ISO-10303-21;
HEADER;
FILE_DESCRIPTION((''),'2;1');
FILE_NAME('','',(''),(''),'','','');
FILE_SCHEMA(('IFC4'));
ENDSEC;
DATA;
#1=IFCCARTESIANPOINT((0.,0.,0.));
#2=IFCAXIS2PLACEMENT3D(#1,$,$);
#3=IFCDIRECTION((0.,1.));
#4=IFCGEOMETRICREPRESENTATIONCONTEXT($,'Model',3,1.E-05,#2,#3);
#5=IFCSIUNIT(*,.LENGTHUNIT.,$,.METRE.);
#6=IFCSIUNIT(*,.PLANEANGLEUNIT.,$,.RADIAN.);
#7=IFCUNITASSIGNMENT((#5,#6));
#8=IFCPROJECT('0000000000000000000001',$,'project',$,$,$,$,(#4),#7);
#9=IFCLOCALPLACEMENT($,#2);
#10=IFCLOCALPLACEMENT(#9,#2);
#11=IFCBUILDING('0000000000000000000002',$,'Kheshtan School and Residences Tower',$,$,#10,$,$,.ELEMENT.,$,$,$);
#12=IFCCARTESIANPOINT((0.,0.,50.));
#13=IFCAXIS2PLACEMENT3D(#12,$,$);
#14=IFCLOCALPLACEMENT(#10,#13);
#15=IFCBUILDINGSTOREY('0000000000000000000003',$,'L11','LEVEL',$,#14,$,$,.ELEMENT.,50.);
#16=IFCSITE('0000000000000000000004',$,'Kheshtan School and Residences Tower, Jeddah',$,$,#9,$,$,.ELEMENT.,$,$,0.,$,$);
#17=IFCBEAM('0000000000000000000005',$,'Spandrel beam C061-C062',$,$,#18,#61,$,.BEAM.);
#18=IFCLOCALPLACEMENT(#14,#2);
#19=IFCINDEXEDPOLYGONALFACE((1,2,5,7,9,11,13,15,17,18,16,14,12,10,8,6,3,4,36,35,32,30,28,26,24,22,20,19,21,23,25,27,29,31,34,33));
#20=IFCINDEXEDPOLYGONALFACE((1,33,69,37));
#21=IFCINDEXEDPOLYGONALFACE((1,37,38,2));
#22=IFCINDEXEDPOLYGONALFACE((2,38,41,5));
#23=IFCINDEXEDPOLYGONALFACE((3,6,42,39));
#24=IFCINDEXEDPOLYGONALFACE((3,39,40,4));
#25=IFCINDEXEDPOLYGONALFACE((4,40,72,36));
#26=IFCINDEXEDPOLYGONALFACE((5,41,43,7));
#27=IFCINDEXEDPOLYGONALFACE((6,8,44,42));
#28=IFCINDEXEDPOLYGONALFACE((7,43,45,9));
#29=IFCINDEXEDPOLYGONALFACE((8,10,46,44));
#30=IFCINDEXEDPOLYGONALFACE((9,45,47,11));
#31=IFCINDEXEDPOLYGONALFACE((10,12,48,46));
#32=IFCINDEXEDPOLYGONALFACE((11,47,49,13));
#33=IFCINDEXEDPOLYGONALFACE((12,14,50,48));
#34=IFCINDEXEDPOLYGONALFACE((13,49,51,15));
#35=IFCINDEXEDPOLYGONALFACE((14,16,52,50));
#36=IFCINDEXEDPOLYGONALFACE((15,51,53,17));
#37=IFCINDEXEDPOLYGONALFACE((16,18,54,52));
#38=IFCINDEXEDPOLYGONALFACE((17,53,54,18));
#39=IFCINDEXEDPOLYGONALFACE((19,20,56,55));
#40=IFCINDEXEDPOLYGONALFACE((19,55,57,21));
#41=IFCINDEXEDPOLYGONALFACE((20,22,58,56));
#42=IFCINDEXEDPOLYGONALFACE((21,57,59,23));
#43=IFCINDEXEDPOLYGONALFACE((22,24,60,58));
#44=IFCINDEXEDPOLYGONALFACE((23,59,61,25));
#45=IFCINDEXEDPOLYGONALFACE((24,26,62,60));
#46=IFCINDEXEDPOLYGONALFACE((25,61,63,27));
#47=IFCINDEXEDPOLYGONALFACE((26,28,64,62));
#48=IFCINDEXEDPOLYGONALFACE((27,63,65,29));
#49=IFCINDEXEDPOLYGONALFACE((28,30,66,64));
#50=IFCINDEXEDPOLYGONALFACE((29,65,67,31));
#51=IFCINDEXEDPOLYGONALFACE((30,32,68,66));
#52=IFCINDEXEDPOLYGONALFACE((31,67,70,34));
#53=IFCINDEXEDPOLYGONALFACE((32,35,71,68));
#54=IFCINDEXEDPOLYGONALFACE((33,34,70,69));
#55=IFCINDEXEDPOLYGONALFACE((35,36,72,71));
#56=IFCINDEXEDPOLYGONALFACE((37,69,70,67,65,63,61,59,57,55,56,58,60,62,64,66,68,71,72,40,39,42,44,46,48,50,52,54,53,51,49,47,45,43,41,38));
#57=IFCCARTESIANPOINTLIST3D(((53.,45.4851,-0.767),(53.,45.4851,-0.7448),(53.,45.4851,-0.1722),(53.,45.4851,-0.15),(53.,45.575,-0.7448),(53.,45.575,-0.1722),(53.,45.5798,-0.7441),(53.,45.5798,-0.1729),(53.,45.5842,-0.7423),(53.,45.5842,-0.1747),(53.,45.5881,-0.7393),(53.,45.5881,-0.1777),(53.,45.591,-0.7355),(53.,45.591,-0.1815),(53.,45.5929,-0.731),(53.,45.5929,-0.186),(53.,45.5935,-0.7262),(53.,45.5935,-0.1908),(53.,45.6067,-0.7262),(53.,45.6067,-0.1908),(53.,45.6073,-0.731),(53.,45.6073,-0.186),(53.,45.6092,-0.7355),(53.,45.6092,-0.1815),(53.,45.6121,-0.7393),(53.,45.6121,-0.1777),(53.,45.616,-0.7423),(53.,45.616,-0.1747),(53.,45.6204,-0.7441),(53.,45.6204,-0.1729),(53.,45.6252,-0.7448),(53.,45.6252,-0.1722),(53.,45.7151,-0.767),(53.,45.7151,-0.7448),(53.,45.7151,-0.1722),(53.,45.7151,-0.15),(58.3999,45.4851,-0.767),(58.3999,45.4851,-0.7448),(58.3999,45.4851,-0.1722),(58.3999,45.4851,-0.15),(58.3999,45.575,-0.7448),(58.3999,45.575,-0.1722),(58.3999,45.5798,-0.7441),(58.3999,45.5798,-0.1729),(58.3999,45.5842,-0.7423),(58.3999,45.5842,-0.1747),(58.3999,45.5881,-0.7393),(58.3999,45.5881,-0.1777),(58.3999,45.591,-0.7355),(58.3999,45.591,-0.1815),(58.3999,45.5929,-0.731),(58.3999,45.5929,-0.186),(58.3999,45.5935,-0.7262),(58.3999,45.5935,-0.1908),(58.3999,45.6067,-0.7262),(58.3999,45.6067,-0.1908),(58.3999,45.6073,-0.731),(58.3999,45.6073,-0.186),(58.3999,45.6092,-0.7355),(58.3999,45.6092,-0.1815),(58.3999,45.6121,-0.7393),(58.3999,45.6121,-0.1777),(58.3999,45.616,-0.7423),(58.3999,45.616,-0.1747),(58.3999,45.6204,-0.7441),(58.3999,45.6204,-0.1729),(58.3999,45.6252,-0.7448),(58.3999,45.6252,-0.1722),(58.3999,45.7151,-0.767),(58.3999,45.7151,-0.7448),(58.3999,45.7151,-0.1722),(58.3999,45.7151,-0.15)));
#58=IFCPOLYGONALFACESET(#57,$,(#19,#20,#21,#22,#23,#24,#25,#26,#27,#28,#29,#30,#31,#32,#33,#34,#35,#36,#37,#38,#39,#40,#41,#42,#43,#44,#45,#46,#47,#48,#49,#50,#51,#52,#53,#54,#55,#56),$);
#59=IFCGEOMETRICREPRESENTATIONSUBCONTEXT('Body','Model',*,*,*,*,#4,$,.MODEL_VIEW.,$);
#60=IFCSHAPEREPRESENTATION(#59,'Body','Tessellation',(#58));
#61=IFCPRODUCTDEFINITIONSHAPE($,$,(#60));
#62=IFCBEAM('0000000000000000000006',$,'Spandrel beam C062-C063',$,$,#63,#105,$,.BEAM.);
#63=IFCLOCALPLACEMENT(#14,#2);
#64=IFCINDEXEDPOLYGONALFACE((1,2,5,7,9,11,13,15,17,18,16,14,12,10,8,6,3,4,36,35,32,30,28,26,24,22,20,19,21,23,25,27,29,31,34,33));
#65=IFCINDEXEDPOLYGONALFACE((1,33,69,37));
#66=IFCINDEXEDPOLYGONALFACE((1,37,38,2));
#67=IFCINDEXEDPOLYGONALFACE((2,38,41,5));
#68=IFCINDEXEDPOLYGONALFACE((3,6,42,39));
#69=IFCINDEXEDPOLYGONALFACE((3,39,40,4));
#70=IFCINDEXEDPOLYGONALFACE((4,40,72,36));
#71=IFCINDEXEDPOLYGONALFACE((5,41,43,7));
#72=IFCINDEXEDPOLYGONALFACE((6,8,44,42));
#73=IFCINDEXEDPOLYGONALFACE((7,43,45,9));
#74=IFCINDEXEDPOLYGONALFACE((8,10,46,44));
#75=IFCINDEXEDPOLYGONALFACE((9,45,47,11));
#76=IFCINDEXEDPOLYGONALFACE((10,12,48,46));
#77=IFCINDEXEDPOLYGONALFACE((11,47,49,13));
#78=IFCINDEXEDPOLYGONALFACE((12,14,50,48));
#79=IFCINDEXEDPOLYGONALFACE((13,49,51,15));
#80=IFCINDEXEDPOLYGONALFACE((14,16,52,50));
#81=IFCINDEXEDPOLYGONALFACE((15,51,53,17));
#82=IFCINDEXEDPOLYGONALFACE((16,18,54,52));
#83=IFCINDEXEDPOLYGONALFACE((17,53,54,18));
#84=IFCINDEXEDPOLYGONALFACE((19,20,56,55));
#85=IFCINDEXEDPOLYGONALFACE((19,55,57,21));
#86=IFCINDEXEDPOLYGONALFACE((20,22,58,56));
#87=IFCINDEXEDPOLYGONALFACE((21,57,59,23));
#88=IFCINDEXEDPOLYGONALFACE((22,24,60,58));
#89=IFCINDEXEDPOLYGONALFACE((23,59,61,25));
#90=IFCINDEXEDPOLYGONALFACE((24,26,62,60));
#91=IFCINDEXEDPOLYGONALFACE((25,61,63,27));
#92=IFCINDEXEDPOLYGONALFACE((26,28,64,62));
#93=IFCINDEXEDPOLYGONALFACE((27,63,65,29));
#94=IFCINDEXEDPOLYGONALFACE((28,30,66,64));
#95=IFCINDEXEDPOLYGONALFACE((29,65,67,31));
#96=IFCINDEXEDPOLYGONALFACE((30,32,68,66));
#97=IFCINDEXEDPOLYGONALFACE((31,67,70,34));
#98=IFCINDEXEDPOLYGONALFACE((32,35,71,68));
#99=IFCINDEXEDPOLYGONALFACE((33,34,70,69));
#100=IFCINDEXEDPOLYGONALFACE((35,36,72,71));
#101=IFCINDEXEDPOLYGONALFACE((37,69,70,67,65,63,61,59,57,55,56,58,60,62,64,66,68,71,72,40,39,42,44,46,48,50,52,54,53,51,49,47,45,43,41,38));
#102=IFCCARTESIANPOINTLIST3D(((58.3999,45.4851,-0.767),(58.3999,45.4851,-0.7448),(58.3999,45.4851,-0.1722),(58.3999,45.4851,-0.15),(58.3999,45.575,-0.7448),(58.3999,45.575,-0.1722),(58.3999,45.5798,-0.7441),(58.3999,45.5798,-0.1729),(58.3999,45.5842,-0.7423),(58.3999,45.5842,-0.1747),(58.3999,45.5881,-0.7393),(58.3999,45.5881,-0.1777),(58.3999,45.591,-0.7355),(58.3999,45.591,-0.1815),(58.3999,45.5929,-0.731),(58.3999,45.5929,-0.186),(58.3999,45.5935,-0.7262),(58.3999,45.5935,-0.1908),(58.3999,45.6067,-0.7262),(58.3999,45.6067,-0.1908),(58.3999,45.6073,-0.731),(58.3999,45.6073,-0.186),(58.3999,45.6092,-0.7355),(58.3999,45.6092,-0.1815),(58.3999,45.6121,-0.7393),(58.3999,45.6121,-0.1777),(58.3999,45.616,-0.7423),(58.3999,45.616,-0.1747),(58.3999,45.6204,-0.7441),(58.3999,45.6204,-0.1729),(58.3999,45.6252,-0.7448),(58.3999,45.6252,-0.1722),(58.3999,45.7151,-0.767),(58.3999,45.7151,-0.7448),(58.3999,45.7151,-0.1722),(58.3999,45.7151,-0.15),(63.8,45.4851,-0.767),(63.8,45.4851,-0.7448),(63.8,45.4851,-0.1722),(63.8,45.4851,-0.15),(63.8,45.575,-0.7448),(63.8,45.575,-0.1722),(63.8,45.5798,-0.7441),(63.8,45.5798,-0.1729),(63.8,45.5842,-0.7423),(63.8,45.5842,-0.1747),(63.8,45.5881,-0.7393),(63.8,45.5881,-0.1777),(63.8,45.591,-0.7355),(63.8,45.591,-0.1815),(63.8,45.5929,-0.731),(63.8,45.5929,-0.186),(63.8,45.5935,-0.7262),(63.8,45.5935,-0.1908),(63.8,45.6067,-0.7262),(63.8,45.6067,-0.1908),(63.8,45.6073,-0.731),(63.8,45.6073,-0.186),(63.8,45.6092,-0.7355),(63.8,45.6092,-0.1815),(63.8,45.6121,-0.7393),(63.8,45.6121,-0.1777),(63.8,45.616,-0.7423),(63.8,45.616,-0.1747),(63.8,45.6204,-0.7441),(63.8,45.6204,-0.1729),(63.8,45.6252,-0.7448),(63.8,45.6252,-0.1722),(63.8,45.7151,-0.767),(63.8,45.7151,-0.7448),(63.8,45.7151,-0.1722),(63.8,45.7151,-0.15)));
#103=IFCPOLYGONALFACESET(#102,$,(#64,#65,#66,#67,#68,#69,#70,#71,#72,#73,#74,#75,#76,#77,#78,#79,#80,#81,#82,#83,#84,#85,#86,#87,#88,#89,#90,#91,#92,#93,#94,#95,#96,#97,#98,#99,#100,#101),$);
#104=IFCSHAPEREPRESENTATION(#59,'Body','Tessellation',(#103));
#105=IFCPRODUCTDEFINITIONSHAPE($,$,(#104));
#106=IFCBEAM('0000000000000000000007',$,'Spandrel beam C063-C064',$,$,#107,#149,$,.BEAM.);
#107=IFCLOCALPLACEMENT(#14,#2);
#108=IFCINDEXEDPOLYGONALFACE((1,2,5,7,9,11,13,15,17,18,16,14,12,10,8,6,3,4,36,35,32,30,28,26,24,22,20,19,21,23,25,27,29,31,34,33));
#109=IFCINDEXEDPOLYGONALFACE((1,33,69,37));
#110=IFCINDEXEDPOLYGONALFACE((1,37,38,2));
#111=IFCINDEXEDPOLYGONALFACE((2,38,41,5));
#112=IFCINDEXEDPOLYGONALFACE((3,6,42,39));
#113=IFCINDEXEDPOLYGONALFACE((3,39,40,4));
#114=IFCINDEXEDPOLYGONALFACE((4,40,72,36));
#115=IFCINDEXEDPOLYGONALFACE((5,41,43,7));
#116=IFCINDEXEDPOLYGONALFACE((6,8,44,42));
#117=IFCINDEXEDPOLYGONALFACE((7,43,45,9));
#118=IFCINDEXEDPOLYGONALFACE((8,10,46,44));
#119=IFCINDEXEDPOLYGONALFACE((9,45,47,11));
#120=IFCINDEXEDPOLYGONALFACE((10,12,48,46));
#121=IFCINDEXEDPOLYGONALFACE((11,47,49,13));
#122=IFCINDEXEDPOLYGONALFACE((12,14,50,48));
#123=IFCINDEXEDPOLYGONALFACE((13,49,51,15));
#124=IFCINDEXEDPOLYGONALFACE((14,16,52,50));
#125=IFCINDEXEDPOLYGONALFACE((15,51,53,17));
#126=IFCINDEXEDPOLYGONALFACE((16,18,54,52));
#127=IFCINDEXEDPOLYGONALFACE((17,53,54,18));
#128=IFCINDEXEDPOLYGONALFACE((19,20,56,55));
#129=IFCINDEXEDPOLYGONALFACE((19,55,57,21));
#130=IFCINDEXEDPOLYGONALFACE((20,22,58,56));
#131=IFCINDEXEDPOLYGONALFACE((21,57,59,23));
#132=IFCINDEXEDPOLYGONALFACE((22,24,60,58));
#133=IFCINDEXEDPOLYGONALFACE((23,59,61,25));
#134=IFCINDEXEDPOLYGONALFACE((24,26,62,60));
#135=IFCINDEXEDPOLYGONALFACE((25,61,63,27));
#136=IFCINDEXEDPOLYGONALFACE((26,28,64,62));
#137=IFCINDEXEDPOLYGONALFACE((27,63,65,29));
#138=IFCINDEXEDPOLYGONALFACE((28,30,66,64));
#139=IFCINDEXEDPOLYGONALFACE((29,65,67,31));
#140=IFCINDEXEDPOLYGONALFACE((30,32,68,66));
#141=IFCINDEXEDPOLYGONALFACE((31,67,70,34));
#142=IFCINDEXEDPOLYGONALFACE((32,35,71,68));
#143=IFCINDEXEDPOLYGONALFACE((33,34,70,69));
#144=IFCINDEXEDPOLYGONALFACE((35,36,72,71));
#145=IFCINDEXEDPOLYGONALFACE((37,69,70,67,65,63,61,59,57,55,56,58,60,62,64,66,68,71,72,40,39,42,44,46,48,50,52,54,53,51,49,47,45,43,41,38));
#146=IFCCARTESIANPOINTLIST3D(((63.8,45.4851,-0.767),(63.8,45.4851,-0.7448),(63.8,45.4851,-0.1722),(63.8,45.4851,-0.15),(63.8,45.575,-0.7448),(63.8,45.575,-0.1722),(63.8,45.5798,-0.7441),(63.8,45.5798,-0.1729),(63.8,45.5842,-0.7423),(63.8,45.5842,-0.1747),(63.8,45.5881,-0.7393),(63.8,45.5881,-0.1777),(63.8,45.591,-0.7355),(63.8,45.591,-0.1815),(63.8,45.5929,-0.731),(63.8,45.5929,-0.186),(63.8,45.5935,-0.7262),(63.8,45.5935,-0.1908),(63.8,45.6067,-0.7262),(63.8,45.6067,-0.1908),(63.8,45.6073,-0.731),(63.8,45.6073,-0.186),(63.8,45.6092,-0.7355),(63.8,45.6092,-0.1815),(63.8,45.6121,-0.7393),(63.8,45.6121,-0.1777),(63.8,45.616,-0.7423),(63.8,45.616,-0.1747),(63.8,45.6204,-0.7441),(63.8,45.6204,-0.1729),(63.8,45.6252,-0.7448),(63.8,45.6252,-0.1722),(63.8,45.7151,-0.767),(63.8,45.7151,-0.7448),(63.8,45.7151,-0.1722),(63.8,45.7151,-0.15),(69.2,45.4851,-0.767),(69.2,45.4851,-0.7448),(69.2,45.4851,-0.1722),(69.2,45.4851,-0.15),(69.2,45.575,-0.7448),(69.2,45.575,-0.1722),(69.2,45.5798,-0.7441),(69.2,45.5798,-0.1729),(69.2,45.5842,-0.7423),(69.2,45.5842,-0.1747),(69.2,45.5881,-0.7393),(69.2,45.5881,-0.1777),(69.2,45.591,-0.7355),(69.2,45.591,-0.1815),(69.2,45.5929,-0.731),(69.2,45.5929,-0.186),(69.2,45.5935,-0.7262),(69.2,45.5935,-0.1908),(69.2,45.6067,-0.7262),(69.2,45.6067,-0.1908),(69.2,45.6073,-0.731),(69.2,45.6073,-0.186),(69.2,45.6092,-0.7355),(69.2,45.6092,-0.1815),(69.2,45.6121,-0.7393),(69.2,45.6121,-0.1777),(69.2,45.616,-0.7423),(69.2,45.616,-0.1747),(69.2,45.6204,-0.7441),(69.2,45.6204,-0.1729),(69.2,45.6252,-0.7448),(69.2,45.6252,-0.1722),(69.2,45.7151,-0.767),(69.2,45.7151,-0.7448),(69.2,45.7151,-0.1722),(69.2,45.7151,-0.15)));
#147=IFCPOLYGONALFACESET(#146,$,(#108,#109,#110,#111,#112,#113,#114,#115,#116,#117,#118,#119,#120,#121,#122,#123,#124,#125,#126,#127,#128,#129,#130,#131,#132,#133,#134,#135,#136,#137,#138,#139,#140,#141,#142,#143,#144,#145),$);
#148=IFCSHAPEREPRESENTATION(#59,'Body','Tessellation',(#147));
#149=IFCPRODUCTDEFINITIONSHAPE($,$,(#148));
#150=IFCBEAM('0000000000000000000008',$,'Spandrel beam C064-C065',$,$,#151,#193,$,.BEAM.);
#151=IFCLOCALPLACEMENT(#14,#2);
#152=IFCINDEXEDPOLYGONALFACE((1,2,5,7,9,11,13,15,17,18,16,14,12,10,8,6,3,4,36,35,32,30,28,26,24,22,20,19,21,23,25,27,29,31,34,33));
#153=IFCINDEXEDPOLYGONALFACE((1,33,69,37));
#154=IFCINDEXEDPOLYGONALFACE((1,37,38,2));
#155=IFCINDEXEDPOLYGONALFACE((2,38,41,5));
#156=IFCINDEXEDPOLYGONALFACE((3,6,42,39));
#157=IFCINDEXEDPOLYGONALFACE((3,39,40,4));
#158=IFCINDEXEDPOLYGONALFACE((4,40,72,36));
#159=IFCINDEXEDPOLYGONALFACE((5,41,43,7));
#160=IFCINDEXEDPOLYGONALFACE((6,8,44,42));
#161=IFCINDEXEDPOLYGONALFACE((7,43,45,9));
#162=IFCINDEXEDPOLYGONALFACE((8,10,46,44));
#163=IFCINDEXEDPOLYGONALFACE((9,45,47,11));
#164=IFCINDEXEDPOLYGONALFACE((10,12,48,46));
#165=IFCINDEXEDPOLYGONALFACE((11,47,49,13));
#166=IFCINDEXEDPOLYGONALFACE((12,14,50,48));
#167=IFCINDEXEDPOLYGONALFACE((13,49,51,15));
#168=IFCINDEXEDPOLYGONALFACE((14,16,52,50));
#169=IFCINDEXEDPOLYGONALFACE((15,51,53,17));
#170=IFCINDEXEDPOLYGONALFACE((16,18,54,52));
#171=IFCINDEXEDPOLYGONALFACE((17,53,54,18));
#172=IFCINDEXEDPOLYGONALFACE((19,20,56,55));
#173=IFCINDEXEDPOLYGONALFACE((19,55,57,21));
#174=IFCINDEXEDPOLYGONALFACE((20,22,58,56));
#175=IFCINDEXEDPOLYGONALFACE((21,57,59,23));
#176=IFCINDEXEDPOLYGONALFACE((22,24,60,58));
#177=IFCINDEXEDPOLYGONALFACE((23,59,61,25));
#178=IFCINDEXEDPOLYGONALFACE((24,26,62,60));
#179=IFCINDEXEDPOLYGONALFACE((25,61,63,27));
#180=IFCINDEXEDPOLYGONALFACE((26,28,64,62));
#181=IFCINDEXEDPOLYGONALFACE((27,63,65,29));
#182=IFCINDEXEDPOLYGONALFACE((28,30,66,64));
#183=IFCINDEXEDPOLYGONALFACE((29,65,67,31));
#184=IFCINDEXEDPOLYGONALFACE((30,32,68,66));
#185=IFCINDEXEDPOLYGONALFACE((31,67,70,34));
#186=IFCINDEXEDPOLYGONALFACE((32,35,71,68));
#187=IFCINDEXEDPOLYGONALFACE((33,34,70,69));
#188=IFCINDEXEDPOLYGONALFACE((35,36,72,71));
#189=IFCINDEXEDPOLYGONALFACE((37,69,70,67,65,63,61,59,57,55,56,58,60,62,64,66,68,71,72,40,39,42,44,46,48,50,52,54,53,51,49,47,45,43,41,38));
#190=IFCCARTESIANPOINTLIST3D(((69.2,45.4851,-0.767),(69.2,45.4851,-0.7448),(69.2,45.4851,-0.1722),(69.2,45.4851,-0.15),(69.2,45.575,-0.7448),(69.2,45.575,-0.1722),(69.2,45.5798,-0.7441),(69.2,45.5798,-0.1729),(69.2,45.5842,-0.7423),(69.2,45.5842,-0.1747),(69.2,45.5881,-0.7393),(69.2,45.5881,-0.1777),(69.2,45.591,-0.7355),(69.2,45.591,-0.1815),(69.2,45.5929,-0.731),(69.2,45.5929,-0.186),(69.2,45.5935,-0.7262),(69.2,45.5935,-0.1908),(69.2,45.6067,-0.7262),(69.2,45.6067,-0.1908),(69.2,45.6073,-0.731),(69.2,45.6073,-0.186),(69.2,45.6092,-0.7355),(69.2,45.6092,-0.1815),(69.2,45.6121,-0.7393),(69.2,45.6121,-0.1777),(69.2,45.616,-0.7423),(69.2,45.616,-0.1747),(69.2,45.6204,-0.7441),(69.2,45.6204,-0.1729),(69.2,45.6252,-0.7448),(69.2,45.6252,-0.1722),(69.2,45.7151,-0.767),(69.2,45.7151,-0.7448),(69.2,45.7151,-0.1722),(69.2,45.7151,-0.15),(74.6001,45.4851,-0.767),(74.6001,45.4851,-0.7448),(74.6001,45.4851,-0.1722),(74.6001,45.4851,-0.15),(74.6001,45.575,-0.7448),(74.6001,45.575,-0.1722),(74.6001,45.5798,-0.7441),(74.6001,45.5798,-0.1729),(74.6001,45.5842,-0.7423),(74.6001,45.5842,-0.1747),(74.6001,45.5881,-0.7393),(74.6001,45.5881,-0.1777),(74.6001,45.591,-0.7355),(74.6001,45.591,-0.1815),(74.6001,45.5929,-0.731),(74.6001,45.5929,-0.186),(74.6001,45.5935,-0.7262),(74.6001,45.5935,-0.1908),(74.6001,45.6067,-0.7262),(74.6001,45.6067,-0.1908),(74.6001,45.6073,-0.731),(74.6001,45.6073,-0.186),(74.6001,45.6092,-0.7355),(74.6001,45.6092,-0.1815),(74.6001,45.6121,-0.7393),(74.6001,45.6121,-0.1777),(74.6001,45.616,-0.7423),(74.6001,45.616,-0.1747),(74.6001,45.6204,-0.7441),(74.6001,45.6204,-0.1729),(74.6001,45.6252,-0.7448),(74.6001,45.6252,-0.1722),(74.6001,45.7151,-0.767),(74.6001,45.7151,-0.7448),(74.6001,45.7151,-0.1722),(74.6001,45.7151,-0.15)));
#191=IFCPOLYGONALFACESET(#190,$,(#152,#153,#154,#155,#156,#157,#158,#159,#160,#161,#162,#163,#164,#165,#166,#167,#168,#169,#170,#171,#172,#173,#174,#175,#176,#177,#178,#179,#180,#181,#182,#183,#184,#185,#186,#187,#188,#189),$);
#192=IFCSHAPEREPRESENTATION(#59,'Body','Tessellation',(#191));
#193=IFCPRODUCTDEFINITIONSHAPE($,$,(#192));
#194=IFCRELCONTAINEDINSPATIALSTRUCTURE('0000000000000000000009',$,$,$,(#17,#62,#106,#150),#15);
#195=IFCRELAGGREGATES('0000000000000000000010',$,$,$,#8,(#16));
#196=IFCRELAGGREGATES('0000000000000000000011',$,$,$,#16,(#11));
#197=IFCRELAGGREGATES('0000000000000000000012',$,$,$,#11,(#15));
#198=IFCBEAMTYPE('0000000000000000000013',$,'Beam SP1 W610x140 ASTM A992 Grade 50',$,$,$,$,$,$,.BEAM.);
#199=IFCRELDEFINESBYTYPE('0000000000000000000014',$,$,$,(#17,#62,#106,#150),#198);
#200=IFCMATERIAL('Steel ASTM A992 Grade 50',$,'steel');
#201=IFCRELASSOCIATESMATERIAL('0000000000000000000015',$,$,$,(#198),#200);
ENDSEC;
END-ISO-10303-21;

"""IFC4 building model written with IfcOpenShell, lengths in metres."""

from ifc_helpers import new_model, si_unit, direction, frame, origin, origin_2d, place, context, subcontext, project, spatial, i_section, extrude, material, material_profile, profile_set, type_object, element, save


model = new_model("IFC4")

# Units and contexts
model_context = context("Model", 3, precision=1e-05, world=origin(), true_north=direction((0.0, 1.0)))
body_context = subcontext(model_context, "Body", "Model", "MODEL_VIEW")
ifc_project = project(units=[si_unit("LENGTHUNIT", "METRE"), si_unit("PLANEANGLEUNIT", "RADIAN")], contexts=[model_context])

# Site, building, storey
site_placement = place(None, origin())
site = spatial("IfcSite", under=ifc_project, at=site_placement, Name="Kheshtan School and Residences Tower, Jeddah", CompositionType="ELEMENT", RefElevation=0.0)
building_placement = place(site_placement, origin())
building = spatial("IfcBuilding", under=site, at=building_placement, Name="Kheshtan School and Residences Tower", CompositionType="ELEMENT")
storey_placement = place(building_placement, frame((0.0, 0.0, 50.0)))
storey = spatial("IfcBuildingStorey", under=building, at=storey_placement, Name="L11", Description="LEVEL", CompositionType="ELEMENT", Elevation=50.0)

# Shared definitions
ifc_material_1 = material(Name="Steel ASTM A992 Grade 50", Category="steel")

# Beams
ifc_material_profile_1 = material_profile(ifc_material_1, i_section(OverallWidth=0.23, OverallDepth=0.6169, WebThickness=0.0132, FlangeThickness=0.0222, FilletRadius=0.0186, at=origin_2d()), Name="W610x140")
ifc_profile_set_1 = profile_set([ifc_material_profile_1], Name="Steel ASTM A992 Grade 50")
beam_type_1 = type_object("IfcBeamType", Name="Beam SP1 W610x140 ASTM A992 Grade 50", PredefinedType="BEAM", material=ifc_profile_set_1)
for number, where, z_axis, x_axis, name in (
    (1, (53.0, 45.6001, -0.4585), (1.0, 0.0, 0.0), (0.0, 1.0, 0.0), "Spandrel beam C061-C062"),
):
    element("IfcBeam", number, at=place(storey_placement, frame(where, z_axis=z_axis, x_axis=x_axis)), inside=storey, type_object=beam_type_1, Name=name, PredefinedType="BEAM", context=body_context, shape_type="SweptSolid", body=[
        extrude(i_section(OverallWidth=0.23, OverallDepth=0.6169, WebThickness=0.0132, FlangeThickness=0.0222, FilletRadius=0.0186, at=origin_2d()), origin(), (0.0, 0.0, 1.0), 5.3999),
    ])
beam_1_placement = place(storey_placement, frame((58.3999, 45.6001, -0.4585), z_axis=(1.0, 0.0, 0.0), x_axis=(0.0, 1.0, 0.0)))
element("IfcBeam", 2, at=beam_1_placement, inside=storey, type_object=beam_type_1, Name="Spandrel beam C062-C063", PredefinedType="BEAM", context=body_context, shape_type="SweptSolid", body=[
    extrude(i_section(OverallWidth=0.23, OverallDepth=0.6169, WebThickness=0.0132, FlangeThickness=0.0222, FilletRadius=0.0186, at=origin_2d()), origin(), (0.0, 0.0, 1.0), 5.4001),
])
beam_2_placement = place(storey_placement, frame((63.8, 45.6001, -0.4585), z_axis=(1.0, 0.0, 0.0), x_axis=(0.0, 1.0, 0.0)))
element("IfcBeam", 3, at=beam_2_placement, inside=storey, type_object=beam_type_1, Name="Spandrel beam C063-C064", PredefinedType="BEAM", context=body_context, shape_type="SweptSolid", body=[
    extrude(i_section(OverallWidth=0.23, OverallDepth=0.6169, WebThickness=0.0132, FlangeThickness=0.0222, FilletRadius=0.0186, at=origin_2d()), origin(), (0.0, 0.0, 1.0), 5.3999),
])
beam_3_placement = place(storey_placement, frame((69.2, 45.6001, -0.4585), z_axis=(1.0, 0.0, 0.0), x_axis=(0.0, 1.0, 0.0)))
element("IfcBeam", 4, at=beam_3_placement, inside=storey, type_object=beam_type_1, Name="Spandrel beam C064-C065", PredefinedType="BEAM", context=body_context, shape_type="SweptSolid", body=[
    extrude(i_section(OverallWidth=0.23, OverallDepth=0.6169, WebThickness=0.0132, FlangeThickness=0.0222, FilletRadius=0.0186, at=origin_2d()), origin(), (0.0, 0.0, 1.0), 5.4001),
])

save(model, "model.ifc")
